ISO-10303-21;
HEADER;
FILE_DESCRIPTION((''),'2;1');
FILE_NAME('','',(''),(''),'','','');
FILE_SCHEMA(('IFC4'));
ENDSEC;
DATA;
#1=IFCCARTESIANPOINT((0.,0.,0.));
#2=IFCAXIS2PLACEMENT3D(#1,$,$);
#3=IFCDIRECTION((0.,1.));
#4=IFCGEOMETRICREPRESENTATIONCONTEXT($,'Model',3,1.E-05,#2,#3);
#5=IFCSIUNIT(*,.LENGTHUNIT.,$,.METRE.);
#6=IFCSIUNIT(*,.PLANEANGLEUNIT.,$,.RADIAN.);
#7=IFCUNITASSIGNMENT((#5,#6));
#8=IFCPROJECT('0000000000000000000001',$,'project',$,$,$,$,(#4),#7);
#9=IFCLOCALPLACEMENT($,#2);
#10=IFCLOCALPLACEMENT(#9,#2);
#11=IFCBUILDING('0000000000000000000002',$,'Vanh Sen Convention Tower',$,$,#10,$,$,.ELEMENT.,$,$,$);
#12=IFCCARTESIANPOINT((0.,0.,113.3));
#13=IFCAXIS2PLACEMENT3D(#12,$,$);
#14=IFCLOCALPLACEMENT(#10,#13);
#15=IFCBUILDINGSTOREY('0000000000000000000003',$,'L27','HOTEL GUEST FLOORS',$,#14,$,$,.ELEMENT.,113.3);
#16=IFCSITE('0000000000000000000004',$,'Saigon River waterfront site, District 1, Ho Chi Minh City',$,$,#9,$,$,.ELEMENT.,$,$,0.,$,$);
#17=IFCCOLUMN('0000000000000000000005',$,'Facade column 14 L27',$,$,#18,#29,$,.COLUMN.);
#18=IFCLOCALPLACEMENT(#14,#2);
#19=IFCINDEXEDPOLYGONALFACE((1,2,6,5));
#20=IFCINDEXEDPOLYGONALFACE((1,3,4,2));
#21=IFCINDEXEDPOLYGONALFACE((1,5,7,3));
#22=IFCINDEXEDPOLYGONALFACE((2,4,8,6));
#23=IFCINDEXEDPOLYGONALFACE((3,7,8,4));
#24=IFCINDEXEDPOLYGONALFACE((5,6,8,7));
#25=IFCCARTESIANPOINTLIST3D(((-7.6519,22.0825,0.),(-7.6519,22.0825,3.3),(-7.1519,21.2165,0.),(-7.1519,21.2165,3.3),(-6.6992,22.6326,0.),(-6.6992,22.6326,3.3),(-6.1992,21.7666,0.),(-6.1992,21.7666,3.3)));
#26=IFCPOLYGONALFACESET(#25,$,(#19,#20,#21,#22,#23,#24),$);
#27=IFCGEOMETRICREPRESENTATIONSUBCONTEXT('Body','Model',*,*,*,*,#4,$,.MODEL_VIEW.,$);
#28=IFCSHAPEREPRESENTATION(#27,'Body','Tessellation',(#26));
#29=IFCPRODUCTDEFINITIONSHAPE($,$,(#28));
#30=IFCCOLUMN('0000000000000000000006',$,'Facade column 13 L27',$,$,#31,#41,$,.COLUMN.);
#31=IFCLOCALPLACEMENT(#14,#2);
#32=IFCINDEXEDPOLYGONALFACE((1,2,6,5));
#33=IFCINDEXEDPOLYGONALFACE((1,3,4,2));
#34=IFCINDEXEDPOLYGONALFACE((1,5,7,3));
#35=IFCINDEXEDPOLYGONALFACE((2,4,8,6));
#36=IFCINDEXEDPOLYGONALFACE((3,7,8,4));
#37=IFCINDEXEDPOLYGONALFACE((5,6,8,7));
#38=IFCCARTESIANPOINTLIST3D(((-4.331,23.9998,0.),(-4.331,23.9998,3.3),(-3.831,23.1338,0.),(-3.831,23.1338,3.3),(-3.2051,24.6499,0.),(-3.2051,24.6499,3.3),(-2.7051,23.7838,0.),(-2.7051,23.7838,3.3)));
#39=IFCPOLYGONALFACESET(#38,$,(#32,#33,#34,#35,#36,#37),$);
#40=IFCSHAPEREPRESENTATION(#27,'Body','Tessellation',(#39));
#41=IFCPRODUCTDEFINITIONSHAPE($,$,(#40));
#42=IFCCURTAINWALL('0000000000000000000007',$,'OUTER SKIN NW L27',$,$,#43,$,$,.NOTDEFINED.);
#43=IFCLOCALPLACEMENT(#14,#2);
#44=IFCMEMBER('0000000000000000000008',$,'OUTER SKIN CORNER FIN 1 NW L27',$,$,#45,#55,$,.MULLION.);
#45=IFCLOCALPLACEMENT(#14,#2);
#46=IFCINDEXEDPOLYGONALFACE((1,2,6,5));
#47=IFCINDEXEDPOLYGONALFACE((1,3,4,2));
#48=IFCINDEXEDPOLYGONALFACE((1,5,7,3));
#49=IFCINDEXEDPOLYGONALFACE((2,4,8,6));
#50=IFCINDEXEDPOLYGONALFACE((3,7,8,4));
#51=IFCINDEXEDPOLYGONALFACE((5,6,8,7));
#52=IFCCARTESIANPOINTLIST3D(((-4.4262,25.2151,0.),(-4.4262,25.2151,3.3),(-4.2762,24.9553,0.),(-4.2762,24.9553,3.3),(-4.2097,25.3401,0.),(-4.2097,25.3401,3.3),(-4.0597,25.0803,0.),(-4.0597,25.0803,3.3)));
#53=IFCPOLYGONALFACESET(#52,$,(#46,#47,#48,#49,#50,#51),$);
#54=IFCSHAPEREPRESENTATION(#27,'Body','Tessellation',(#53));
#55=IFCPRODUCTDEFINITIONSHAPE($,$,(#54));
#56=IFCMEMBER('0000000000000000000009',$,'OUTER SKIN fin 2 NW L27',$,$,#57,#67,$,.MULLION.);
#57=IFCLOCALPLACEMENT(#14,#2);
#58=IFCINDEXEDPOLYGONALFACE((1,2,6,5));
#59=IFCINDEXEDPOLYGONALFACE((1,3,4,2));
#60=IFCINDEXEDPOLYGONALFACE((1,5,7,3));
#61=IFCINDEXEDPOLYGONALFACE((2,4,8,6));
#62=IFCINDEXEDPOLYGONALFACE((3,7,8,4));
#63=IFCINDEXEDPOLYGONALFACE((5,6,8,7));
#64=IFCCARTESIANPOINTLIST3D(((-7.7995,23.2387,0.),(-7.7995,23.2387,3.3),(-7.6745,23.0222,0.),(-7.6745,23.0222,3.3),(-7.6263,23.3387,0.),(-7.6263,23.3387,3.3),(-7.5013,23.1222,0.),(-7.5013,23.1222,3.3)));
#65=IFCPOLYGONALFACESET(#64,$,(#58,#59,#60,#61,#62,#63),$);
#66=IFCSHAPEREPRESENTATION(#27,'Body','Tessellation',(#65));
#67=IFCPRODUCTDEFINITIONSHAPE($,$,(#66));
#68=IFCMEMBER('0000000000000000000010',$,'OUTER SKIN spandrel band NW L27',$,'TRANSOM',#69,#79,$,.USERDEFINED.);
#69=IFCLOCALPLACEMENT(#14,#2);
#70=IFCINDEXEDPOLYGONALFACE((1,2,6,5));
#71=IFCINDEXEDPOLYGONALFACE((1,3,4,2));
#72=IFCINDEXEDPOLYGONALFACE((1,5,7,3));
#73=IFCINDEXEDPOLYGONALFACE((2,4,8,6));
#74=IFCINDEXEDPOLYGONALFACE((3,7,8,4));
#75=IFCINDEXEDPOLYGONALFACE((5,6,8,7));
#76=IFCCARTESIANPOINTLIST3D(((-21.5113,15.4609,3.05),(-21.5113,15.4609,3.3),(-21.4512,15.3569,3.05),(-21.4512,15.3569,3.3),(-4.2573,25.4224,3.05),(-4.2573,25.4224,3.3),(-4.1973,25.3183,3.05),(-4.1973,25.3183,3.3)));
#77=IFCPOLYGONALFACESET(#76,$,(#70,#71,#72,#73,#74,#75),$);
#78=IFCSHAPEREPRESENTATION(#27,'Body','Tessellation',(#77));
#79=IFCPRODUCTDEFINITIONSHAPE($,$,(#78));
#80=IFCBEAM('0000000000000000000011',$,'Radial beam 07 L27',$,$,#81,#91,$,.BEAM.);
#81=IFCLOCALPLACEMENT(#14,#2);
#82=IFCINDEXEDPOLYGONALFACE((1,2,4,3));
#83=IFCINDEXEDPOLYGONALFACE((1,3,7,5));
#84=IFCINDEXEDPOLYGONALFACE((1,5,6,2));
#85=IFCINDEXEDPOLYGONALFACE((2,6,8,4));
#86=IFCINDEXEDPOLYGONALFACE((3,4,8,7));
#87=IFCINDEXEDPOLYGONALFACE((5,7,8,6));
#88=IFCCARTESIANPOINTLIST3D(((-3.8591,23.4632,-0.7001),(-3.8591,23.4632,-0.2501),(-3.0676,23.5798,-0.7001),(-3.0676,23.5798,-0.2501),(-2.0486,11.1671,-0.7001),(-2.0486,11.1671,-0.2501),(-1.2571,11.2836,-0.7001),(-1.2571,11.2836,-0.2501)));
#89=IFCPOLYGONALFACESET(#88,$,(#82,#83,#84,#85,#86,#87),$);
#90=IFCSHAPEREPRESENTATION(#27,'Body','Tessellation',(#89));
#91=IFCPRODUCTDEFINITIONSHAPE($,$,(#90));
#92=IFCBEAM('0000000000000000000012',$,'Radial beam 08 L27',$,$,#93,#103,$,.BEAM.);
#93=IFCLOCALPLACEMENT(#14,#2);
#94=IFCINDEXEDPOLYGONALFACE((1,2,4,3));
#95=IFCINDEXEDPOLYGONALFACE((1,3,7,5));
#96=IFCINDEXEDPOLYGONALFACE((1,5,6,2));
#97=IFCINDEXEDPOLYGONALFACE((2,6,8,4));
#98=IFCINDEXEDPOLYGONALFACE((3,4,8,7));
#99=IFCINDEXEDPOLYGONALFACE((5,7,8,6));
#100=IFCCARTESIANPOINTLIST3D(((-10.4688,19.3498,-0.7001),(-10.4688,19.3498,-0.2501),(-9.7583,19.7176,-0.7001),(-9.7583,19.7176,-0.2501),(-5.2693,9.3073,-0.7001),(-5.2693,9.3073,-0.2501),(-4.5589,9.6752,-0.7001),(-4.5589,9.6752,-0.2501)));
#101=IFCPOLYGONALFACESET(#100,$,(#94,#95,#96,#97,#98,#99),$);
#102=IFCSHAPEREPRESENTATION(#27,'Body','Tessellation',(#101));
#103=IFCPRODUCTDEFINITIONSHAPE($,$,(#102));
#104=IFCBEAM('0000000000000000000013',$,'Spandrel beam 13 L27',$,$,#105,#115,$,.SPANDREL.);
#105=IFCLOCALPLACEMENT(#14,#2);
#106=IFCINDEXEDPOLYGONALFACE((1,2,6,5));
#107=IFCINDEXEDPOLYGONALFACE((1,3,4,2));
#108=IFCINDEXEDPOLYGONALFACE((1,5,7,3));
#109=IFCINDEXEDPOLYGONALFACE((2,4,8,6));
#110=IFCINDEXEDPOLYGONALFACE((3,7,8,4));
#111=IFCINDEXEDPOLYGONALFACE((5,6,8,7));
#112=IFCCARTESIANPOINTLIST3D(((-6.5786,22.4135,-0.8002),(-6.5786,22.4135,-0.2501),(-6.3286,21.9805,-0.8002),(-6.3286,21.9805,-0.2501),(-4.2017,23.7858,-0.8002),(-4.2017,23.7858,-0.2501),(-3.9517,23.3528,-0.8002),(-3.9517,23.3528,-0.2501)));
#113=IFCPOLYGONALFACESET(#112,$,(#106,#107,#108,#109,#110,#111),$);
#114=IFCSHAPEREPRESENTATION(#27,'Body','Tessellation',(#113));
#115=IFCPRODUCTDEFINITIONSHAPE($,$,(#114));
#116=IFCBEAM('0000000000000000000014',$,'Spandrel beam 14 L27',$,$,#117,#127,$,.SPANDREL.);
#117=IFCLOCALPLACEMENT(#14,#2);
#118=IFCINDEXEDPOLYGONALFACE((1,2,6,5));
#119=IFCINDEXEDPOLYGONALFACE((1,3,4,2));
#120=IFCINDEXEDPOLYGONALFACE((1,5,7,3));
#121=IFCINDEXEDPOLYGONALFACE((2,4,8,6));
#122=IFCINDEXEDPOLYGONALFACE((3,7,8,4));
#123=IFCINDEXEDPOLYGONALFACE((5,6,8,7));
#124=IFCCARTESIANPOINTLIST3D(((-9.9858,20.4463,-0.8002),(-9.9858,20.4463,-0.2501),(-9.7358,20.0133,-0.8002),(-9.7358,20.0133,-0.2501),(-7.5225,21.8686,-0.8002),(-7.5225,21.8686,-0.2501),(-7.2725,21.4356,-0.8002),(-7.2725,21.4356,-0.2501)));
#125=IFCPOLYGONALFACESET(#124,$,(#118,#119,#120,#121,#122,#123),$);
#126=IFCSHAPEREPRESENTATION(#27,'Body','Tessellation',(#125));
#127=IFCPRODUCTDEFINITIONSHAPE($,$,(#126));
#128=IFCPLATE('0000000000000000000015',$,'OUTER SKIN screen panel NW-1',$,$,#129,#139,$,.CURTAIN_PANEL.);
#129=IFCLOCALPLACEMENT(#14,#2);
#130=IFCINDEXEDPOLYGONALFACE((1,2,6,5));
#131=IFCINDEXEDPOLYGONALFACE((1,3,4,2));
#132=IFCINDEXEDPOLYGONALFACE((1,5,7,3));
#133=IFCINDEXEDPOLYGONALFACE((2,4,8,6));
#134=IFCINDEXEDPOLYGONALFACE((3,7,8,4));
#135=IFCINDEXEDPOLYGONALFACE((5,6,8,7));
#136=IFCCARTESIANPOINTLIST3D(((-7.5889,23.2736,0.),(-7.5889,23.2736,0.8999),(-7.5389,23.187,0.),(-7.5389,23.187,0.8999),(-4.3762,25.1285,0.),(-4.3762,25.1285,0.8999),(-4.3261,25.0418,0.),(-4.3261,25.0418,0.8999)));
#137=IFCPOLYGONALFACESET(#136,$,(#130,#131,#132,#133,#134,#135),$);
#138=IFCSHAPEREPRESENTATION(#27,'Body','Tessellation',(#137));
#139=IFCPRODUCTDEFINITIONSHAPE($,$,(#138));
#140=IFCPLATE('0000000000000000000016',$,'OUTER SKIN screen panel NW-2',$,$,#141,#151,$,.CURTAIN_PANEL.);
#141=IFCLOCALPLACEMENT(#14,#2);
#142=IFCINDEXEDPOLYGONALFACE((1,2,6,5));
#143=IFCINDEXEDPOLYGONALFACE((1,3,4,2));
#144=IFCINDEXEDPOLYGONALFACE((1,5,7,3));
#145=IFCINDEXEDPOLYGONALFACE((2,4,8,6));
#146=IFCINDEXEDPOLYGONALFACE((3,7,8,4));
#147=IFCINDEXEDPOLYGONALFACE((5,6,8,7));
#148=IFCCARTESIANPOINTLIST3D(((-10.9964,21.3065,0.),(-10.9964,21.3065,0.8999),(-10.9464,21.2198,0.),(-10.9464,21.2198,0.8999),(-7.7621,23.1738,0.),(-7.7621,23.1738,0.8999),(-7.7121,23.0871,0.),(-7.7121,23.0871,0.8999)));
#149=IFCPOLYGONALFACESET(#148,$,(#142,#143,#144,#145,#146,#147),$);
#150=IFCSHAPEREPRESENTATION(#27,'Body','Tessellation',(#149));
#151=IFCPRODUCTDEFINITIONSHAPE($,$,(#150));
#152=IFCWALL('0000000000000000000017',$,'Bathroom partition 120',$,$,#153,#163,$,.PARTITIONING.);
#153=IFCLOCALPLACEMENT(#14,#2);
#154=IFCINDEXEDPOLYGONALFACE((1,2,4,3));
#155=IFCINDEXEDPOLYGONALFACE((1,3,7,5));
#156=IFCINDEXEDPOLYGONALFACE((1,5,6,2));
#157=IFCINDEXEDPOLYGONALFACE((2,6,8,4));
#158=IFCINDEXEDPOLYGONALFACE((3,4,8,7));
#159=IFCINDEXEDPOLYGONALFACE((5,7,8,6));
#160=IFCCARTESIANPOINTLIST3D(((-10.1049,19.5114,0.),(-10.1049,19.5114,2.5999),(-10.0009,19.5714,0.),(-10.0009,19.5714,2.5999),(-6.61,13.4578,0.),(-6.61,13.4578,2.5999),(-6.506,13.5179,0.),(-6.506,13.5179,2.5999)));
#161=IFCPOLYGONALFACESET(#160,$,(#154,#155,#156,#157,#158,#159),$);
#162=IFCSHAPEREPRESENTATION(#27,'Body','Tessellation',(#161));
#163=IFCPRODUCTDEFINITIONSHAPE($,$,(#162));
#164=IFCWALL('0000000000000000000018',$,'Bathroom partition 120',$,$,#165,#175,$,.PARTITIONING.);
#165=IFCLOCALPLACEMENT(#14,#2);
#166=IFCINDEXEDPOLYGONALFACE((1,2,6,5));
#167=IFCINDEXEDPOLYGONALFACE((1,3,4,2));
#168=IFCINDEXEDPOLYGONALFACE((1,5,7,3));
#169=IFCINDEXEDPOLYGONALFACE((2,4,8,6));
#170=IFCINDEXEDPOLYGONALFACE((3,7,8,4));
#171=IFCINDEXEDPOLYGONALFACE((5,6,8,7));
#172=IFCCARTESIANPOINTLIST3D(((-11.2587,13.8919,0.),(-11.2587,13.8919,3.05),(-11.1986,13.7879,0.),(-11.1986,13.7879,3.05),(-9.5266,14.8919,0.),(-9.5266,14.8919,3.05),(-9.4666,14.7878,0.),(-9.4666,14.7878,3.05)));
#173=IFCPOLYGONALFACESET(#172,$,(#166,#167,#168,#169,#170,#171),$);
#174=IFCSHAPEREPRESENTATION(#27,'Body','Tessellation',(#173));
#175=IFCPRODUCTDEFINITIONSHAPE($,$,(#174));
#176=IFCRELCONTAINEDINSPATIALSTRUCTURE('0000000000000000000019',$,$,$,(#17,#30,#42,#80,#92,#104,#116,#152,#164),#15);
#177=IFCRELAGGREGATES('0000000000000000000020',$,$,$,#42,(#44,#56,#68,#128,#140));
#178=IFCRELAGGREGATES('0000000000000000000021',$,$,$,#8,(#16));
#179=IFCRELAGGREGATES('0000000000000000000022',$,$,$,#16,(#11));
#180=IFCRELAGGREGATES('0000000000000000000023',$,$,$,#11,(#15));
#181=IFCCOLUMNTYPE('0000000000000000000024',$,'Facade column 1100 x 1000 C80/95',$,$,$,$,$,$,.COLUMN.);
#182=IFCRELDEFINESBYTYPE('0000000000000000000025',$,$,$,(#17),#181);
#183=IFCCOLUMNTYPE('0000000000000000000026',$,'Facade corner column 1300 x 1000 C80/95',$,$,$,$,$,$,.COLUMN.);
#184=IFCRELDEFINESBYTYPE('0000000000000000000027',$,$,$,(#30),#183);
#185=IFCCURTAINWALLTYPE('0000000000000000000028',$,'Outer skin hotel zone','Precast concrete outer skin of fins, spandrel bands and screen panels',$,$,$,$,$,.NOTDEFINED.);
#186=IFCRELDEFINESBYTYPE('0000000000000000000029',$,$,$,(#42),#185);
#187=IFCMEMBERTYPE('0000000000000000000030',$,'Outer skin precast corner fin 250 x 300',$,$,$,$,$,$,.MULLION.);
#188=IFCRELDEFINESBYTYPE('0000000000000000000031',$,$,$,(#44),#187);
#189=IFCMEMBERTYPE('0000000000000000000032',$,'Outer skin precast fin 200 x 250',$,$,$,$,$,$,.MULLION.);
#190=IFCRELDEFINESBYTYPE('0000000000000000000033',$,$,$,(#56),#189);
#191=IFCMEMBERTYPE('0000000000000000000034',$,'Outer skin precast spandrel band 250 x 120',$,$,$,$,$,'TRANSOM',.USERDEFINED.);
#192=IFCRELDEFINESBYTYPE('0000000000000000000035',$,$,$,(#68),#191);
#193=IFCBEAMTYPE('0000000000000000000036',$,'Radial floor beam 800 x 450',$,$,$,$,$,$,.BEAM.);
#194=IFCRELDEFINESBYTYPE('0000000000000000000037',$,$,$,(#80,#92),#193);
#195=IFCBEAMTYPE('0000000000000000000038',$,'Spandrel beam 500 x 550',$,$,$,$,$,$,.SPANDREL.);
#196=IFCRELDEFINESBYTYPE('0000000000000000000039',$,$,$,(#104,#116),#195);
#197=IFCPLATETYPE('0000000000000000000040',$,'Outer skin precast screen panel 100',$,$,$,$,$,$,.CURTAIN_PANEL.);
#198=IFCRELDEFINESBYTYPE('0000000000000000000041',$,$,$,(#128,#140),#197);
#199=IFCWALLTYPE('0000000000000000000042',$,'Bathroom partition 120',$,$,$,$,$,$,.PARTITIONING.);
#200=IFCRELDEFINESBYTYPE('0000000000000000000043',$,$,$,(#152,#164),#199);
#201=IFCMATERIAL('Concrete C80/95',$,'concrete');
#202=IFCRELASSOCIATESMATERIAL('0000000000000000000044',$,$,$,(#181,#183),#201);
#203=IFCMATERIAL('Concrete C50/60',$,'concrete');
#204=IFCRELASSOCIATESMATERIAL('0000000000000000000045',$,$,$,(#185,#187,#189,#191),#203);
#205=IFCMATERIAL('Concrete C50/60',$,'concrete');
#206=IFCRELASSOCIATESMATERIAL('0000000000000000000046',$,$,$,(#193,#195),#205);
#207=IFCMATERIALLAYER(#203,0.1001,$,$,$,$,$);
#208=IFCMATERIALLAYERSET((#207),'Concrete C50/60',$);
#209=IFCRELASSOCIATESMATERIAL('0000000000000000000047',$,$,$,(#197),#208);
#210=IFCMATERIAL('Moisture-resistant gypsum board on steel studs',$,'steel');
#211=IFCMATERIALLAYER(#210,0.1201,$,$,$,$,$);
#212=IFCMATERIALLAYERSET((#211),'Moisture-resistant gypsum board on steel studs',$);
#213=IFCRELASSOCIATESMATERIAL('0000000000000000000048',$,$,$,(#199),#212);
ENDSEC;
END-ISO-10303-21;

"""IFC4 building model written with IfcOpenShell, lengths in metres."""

from ifc_helpers import new_model, si_unit, direction, frame, frame_2d, origin, origin_2d, place, context, subcontext, project, spatial, rectangle, extrude, material, layer, layer_set, material_profile, profile_set, type_object, element, aggregate, save


model = new_model("IFC4")

# Units and contexts
model_context = context("Model", 3, precision=1e-05, world=origin(), true_north=direction((0.0, 1.0)))
body_context = subcontext(model_context, "Body", "Model", "MODEL_VIEW")
ifc_project = project(units=[si_unit("LENGTHUNIT", "METRE"), si_unit("PLANEANGLEUNIT", "RADIAN")], contexts=[model_context])

# Site, building, storey
site_placement = place(None, origin())
site = spatial("IfcSite", under=ifc_project, at=site_placement, Name="Saigon River waterfront site, District 1, Ho Chi Minh City", CompositionType="ELEMENT", RefElevation=0.0)
building_placement = place(site_placement, origin())
building = spatial("IfcBuilding", under=site, at=building_placement, Name="Vanh Sen Convention Tower", CompositionType="ELEMENT")
storey_placement = place(building_placement, frame((0.0, 0.0, 113.3)))
storey = spatial("IfcBuildingStorey", under=building, at=storey_placement, Name="L27", Description="HOTEL GUEST FLOORS", CompositionType="ELEMENT", Elevation=113.3)

# Columns
ifc_material_1 = material(Name="Concrete C80/95", Category="concrete")
ifc_material_profile_1 = material_profile(ifc_material_1, rectangle(XDim=1.1001, YDim=1.0, at=origin_2d()), Name="RC 1100X1000")
ifc_profile_set_1 = profile_set([ifc_material_profile_1], Name="Concrete C80/95")
column_type_1 = type_object("IfcColumnType", Name="Facade column 1100 x 1000 C80/95", PredefinedType="COLUMN", material=ifc_profile_set_1)
column_1_placement = place(storey_placement, frame((-6.9255, 21.9246, 0.0), z_axis=(0.0, 0.0, 1.0), x_axis=(-0.866025, -0.5, 0.0)))
element("IfcColumn", 1, at=column_1_placement, inside=storey, type_object=column_type_1, Name="Facade column 14 L27", PredefinedType="COLUMN", context=body_context, shape_type="SweptSolid", body=[
    extrude(rectangle(XDim=1.1001, YDim=1.0, at=origin_2d()), origin(), (0.0, 0.0, 1.0), 3.3),
])
ifc_material_profile_2 = material_profile(ifc_material_1, rectangle(XDim=1.3, YDim=1.0, at=origin_2d()), Name="RC 1300X1000")
ifc_profile_set_2 = profile_set([ifc_material_profile_2], Name="Concrete C80/95")
column_type_2 = type_object("IfcColumnType", Name="Facade corner column 1300 x 1000 C80/95", PredefinedType="COLUMN", material=ifc_profile_set_2)
column_2_placement = place(storey_placement, frame((-3.5181, 23.8918, 0.0), z_axis=(0.0, 0.0, 1.0), x_axis=(-0.866025, -0.5, 0.0)))
element("IfcColumn", 2, at=column_2_placement, inside=storey, type_object=column_type_2, Name="Facade column 13 L27", PredefinedType="COLUMN", context=body_context, shape_type="SweptSolid", body=[
    extrude(rectangle(XDim=1.3, YDim=1.0, at=origin_2d()), origin(), (0.0, 0.0, 1.0), 3.3),
])

# Curtain wall, members
ifc_material_2 = material(Name="Concrete C50/60", Category="concrete")
curtain_wall_type = type_object("IfcCurtainWallType", Name="Outer skin hotel zone", Description="Precast concrete outer skin of fins, spandrel bands and screen panels", PredefinedType="NOTDEFINED", material=ifc_material_2)
curtain_wall_placement = place(storey_placement, origin())
curtain_wall = element("IfcCurtainWall", 3, at=curtain_wall_placement, inside=storey, type_object=curtain_wall_type, Name="OUTER SKIN NW L27", PredefinedType="NOTDEFINED")
ifc_material_profile_3 = material_profile(ifc_material_2, rectangle(XDim=0.25, YDim=0.3, at=origin_2d()), Name="Outer skin precast corner fin 250 x 300")
ifc_profile_set_3 = profile_set([ifc_material_profile_3], Name="Concrete C50/60")
member_type_1 = type_object("IfcMemberType", Name="Outer skin precast corner fin 250 x 300", PredefinedType="MULLION", material=ifc_profile_set_3)
member_1_placement = place(storey_placement, frame((-4.2429, 25.1477, 0.0), z_axis=(0.0, 0.0, 1.0), x_axis=(-0.866025, -0.5, 0.0)))
member_1 = element("IfcMember", 4, at=member_1_placement, type_object=member_type_1, Name="OUTER SKIN CORNER FIN 1 NW L27", PredefinedType="MULLION", context=body_context, shape_type="SweptSolid", body=[
    extrude(rectangle(XDim=0.25, YDim=0.3, at=origin_2d()), origin(), (0.0, 0.0, 1.0), 3.3),
])
ifc_material_profile_4 = material_profile(ifc_material_2, rectangle(XDim=0.2, YDim=0.25, at=origin_2d()), Name="Outer skin precast fin 200 x 250")
ifc_profile_set_4 = profile_set([ifc_material_profile_4], Name="Concrete C50/60")
member_type_2 = type_object("IfcMemberType", Name="Outer skin precast fin 200 x 250", PredefinedType="MULLION", material=ifc_profile_set_4)
member_2_placement = place(storey_placement, frame((-7.6504, 23.1804, 0.0), z_axis=(0.0, 0.0, 1.0), x_axis=(-0.866025, -0.5, 0.0)))
member_2 = element("IfcMember", 5, at=member_2_placement, type_object=member_type_2, Name="OUTER SKIN fin 2 NW L27", PredefinedType="MULLION", context=body_context, shape_type="SweptSolid", body=[
    extrude(rectangle(XDim=0.2, YDim=0.25, at=origin_2d()), origin(), (0.0, 0.0, 1.0), 3.3),
])
ifc_material_profile_5 = material_profile(ifc_material_2, rectangle(XDim=0.1201, YDim=0.25, at=origin_2d()), Name="Outer skin precast spandrel band 250 x 120")
ifc_profile_set_5 = profile_set([ifc_material_profile_5], Name="Concrete C50/60")
member_type_3 = type_object("IfcMemberType", Name="Outer skin precast spandrel band 250 x 120", ElementType="TRANSOM", PredefinedType="USERDEFINED", material=ifc_profile_set_5)
member_3_placement = place(storey_placement, frame((-4.2273, 25.3704, 3.175), z_axis=(-0.866028, -0.499995, 0.0), x_axis=(0.499995, -0.866028, 0.0)))
member_3 = element("IfcMember", 6, at=member_3_placement, type_object=member_type_3, Name="OUTER SKIN spandrel band NW L27", ObjectType="TRANSOM", PredefinedType="USERDEFINED", context=body_context, shape_type="SweptSolid", body=[
    extrude(rectangle(XDim=0.1201, YDim=0.25, at=origin_2d()), origin(), (0.0, 0.0, 1.0), 19.9231),
])

# Beams
ifc_material_3 = material(Name="Concrete C50/60", Category="concrete")
ifc_material_profile_6 = material_profile(ifc_material_3, rectangle(XDim=0.8, YDim=0.45, at=origin_2d()), Name="RC 800X450")
ifc_profile_set_6 = profile_set([ifc_material_profile_6], Name="Concrete C50/60")
beam_type_1 = type_object("IfcBeamType", Name="Radial floor beam 800 x 450", PredefinedType="BEAM", material=ifc_profile_set_6)
beam_1_placement = place(storey_placement, frame((-3.4634, 23.5215, -0.4751), z_axis=(0.145674, -0.989333, 0.0), x_axis=(0.989333, 0.145674, 0.0)))
element("IfcBeam", 7, at=beam_1_placement, inside=storey, type_object=beam_type_1, Name="Radial beam 07 L27", PredefinedType="BEAM", context=body_context, shape_type="SweptSolid", body=[
    extrude(rectangle(XDim=0.8, YDim=0.45, at=origin_2d()), origin(), (0.0, 0.0, 1.0), 12.4287),
])
beam_2_placement = place(storey_placement, frame((-10.1135, 19.5337, -0.4751), z_axis=(0.459777, -0.888034, 0.0), x_axis=(0.888034, 0.459777, 0.0)))
element("IfcBeam", 8, at=beam_2_placement, inside=storey, type_object=beam_type_1, Name="Radial beam 08 L27", PredefinedType="BEAM", context=body_context, shape_type="SweptSolid", body=[
    extrude(rectangle(XDim=0.8, YDim=0.45, at=origin_2d()), origin(), (0.0, 0.0, 1.0), 11.3086),
])
ifc_material_profile_7 = material_profile(ifc_material_3, rectangle(XDim=0.5, YDim=0.55, at=origin_2d()), Name="RC 500X550")
ifc_profile_set_7 = profile_set([ifc_material_profile_7], Name="Concrete C50/60")
beam_type_2 = type_object("IfcBeamType", Name="Spandrel beam 500 x 550", PredefinedType="SPANDREL", material=ifc_profile_set_7)
beam_3_placement = place(storey_placement, frame((-4.0767, 23.5693, -0.5251), z_axis=(-0.866029, -0.499995, 0.0), x_axis=(0.499995, -0.866029, 0.0)))
element("IfcBeam", 9, at=beam_3_placement, inside=storey, type_object=beam_type_2, Name="Spandrel beam 13 L27", PredefinedType="SPANDREL", context=body_context, shape_type="SweptSolid", body=[
    extrude(rectangle(XDim=0.5, YDim=0.55, at=origin_2d()), origin(), (0.0, 0.0, 1.0), 2.7446),
])
beam_4_placement = place(storey_placement, frame((-7.3975, 21.6521, -0.5251), z_axis=(-0.866005, -0.500034, 0.0), x_axis=(0.500034, -0.866005, 0.0)))
element("IfcBeam", 10, at=beam_4_placement, inside=storey, type_object=beam_type_2, Name="Spandrel beam 14 L27", PredefinedType="SPANDREL", context=body_context, shape_type="SweptSolid", body=[
    extrude(rectangle(XDim=0.5, YDim=0.55, at=origin_2d()), origin(), (0.0, 0.0, 1.0), 2.8445),
])

# Plates
ifc_layer_1 = layer(ifc_material_2, 0.1001)
ifc_layer_set_1 = layer_set([ifc_layer_1], Name="Concrete C50/60")
plate_type = type_object("IfcPlateType", Name="Outer skin precast screen panel 100", PredefinedType="CURTAIN_PANEL", material=ifc_layer_set_1)
plate_1_placement = place(storey_placement, frame((-5.9575, 24.1577, 0.0), z_axis=(0.0, 0.0, 1.0), x_axis=(-0.866028, -0.499995, 0.0)))
plate_1 = element("IfcPlate", 11, at=plate_1_placement, type_object=plate_type, Name="OUTER SKIN screen panel NW-1", PredefinedType="CURTAIN_PANEL", context=body_context, shape_type="SweptSolid", body=[
    extrude(rectangle(XDim=3.7097, YDim=0.1001, at=origin_2d()), origin(), (0.0, 0.0, 1.0), 0.8999),
])
plate_2_placement = place(storey_placement, frame((-9.3542, 22.1968, 0.0), z_axis=(0.0, 0.0, 1.0), x_axis=(-0.866021, -0.500008, 0.0)))
plate_2 = element("IfcPlate", 12, at=plate_2_placement, type_object=plate_type, Name="OUTER SKIN screen panel NW-2", PredefinedType="CURTAIN_PANEL", context=body_context, shape_type="SweptSolid", body=[
    extrude(rectangle(XDim=3.7346, YDim=0.1001, at=origin_2d()), origin(), (0.0, 0.0, 1.0), 0.8999),
])
aggregate(curtain_wall, [member_1, member_2, member_3, plate_1, plate_2])

# Walls
ifc_material_4 = material(Name="Moisture-resistant gypsum board on steel studs", Category="steel")
ifc_layer_2 = layer(ifc_material_4, 0.1201)
ifc_layer_set_2 = layer_set([ifc_layer_2], Name="Moisture-resistant gypsum board on steel studs")
wall_type_1 = type_object("IfcWallType", Name="Bathroom partition 120", PredefinedType="PARTITIONING", material=ifc_layer_set_2)
wall_1_placement = place(storey_placement, frame((-10.053, 19.5415, 0.0), z_axis=(0.0, 0.0, 1.0), x_axis=(0.49999, -0.866031, 0.0)))
element("IfcWall", 13, at=wall_1_placement, inside=storey, type_object=wall_type_1, Name="Bathroom partition 120", PredefinedType="PARTITIONING", context=body_context, shape_type="SweptSolid", body=[
    extrude(rectangle(XDim=6.99, YDim=0.1201, at=frame_2d((3.4951, 0.0))), origin(), (0.0, 0.0, 1.0), 2.5999),
])
wall_2_placement = place(storey_placement, frame((-9.4966, 14.8398, 0.0), z_axis=(0.0, 0.0, 1.0), x_axis=(-0.866041, -0.499973, 0.0)))
element("IfcWall", 14, at=wall_2_placement, inside=storey, type_object=wall_type_1, Name="Bathroom partition 120", PredefinedType="PARTITIONING", context=body_context, shape_type="SweptSolid", body=[
    extrude(rectangle(XDim=2.0, YDim=0.1201, at=frame_2d((1.0, 0.0))), origin(), (0.0, 0.0, 1.0), 3.05),
])

save(model, "model.ifc")
